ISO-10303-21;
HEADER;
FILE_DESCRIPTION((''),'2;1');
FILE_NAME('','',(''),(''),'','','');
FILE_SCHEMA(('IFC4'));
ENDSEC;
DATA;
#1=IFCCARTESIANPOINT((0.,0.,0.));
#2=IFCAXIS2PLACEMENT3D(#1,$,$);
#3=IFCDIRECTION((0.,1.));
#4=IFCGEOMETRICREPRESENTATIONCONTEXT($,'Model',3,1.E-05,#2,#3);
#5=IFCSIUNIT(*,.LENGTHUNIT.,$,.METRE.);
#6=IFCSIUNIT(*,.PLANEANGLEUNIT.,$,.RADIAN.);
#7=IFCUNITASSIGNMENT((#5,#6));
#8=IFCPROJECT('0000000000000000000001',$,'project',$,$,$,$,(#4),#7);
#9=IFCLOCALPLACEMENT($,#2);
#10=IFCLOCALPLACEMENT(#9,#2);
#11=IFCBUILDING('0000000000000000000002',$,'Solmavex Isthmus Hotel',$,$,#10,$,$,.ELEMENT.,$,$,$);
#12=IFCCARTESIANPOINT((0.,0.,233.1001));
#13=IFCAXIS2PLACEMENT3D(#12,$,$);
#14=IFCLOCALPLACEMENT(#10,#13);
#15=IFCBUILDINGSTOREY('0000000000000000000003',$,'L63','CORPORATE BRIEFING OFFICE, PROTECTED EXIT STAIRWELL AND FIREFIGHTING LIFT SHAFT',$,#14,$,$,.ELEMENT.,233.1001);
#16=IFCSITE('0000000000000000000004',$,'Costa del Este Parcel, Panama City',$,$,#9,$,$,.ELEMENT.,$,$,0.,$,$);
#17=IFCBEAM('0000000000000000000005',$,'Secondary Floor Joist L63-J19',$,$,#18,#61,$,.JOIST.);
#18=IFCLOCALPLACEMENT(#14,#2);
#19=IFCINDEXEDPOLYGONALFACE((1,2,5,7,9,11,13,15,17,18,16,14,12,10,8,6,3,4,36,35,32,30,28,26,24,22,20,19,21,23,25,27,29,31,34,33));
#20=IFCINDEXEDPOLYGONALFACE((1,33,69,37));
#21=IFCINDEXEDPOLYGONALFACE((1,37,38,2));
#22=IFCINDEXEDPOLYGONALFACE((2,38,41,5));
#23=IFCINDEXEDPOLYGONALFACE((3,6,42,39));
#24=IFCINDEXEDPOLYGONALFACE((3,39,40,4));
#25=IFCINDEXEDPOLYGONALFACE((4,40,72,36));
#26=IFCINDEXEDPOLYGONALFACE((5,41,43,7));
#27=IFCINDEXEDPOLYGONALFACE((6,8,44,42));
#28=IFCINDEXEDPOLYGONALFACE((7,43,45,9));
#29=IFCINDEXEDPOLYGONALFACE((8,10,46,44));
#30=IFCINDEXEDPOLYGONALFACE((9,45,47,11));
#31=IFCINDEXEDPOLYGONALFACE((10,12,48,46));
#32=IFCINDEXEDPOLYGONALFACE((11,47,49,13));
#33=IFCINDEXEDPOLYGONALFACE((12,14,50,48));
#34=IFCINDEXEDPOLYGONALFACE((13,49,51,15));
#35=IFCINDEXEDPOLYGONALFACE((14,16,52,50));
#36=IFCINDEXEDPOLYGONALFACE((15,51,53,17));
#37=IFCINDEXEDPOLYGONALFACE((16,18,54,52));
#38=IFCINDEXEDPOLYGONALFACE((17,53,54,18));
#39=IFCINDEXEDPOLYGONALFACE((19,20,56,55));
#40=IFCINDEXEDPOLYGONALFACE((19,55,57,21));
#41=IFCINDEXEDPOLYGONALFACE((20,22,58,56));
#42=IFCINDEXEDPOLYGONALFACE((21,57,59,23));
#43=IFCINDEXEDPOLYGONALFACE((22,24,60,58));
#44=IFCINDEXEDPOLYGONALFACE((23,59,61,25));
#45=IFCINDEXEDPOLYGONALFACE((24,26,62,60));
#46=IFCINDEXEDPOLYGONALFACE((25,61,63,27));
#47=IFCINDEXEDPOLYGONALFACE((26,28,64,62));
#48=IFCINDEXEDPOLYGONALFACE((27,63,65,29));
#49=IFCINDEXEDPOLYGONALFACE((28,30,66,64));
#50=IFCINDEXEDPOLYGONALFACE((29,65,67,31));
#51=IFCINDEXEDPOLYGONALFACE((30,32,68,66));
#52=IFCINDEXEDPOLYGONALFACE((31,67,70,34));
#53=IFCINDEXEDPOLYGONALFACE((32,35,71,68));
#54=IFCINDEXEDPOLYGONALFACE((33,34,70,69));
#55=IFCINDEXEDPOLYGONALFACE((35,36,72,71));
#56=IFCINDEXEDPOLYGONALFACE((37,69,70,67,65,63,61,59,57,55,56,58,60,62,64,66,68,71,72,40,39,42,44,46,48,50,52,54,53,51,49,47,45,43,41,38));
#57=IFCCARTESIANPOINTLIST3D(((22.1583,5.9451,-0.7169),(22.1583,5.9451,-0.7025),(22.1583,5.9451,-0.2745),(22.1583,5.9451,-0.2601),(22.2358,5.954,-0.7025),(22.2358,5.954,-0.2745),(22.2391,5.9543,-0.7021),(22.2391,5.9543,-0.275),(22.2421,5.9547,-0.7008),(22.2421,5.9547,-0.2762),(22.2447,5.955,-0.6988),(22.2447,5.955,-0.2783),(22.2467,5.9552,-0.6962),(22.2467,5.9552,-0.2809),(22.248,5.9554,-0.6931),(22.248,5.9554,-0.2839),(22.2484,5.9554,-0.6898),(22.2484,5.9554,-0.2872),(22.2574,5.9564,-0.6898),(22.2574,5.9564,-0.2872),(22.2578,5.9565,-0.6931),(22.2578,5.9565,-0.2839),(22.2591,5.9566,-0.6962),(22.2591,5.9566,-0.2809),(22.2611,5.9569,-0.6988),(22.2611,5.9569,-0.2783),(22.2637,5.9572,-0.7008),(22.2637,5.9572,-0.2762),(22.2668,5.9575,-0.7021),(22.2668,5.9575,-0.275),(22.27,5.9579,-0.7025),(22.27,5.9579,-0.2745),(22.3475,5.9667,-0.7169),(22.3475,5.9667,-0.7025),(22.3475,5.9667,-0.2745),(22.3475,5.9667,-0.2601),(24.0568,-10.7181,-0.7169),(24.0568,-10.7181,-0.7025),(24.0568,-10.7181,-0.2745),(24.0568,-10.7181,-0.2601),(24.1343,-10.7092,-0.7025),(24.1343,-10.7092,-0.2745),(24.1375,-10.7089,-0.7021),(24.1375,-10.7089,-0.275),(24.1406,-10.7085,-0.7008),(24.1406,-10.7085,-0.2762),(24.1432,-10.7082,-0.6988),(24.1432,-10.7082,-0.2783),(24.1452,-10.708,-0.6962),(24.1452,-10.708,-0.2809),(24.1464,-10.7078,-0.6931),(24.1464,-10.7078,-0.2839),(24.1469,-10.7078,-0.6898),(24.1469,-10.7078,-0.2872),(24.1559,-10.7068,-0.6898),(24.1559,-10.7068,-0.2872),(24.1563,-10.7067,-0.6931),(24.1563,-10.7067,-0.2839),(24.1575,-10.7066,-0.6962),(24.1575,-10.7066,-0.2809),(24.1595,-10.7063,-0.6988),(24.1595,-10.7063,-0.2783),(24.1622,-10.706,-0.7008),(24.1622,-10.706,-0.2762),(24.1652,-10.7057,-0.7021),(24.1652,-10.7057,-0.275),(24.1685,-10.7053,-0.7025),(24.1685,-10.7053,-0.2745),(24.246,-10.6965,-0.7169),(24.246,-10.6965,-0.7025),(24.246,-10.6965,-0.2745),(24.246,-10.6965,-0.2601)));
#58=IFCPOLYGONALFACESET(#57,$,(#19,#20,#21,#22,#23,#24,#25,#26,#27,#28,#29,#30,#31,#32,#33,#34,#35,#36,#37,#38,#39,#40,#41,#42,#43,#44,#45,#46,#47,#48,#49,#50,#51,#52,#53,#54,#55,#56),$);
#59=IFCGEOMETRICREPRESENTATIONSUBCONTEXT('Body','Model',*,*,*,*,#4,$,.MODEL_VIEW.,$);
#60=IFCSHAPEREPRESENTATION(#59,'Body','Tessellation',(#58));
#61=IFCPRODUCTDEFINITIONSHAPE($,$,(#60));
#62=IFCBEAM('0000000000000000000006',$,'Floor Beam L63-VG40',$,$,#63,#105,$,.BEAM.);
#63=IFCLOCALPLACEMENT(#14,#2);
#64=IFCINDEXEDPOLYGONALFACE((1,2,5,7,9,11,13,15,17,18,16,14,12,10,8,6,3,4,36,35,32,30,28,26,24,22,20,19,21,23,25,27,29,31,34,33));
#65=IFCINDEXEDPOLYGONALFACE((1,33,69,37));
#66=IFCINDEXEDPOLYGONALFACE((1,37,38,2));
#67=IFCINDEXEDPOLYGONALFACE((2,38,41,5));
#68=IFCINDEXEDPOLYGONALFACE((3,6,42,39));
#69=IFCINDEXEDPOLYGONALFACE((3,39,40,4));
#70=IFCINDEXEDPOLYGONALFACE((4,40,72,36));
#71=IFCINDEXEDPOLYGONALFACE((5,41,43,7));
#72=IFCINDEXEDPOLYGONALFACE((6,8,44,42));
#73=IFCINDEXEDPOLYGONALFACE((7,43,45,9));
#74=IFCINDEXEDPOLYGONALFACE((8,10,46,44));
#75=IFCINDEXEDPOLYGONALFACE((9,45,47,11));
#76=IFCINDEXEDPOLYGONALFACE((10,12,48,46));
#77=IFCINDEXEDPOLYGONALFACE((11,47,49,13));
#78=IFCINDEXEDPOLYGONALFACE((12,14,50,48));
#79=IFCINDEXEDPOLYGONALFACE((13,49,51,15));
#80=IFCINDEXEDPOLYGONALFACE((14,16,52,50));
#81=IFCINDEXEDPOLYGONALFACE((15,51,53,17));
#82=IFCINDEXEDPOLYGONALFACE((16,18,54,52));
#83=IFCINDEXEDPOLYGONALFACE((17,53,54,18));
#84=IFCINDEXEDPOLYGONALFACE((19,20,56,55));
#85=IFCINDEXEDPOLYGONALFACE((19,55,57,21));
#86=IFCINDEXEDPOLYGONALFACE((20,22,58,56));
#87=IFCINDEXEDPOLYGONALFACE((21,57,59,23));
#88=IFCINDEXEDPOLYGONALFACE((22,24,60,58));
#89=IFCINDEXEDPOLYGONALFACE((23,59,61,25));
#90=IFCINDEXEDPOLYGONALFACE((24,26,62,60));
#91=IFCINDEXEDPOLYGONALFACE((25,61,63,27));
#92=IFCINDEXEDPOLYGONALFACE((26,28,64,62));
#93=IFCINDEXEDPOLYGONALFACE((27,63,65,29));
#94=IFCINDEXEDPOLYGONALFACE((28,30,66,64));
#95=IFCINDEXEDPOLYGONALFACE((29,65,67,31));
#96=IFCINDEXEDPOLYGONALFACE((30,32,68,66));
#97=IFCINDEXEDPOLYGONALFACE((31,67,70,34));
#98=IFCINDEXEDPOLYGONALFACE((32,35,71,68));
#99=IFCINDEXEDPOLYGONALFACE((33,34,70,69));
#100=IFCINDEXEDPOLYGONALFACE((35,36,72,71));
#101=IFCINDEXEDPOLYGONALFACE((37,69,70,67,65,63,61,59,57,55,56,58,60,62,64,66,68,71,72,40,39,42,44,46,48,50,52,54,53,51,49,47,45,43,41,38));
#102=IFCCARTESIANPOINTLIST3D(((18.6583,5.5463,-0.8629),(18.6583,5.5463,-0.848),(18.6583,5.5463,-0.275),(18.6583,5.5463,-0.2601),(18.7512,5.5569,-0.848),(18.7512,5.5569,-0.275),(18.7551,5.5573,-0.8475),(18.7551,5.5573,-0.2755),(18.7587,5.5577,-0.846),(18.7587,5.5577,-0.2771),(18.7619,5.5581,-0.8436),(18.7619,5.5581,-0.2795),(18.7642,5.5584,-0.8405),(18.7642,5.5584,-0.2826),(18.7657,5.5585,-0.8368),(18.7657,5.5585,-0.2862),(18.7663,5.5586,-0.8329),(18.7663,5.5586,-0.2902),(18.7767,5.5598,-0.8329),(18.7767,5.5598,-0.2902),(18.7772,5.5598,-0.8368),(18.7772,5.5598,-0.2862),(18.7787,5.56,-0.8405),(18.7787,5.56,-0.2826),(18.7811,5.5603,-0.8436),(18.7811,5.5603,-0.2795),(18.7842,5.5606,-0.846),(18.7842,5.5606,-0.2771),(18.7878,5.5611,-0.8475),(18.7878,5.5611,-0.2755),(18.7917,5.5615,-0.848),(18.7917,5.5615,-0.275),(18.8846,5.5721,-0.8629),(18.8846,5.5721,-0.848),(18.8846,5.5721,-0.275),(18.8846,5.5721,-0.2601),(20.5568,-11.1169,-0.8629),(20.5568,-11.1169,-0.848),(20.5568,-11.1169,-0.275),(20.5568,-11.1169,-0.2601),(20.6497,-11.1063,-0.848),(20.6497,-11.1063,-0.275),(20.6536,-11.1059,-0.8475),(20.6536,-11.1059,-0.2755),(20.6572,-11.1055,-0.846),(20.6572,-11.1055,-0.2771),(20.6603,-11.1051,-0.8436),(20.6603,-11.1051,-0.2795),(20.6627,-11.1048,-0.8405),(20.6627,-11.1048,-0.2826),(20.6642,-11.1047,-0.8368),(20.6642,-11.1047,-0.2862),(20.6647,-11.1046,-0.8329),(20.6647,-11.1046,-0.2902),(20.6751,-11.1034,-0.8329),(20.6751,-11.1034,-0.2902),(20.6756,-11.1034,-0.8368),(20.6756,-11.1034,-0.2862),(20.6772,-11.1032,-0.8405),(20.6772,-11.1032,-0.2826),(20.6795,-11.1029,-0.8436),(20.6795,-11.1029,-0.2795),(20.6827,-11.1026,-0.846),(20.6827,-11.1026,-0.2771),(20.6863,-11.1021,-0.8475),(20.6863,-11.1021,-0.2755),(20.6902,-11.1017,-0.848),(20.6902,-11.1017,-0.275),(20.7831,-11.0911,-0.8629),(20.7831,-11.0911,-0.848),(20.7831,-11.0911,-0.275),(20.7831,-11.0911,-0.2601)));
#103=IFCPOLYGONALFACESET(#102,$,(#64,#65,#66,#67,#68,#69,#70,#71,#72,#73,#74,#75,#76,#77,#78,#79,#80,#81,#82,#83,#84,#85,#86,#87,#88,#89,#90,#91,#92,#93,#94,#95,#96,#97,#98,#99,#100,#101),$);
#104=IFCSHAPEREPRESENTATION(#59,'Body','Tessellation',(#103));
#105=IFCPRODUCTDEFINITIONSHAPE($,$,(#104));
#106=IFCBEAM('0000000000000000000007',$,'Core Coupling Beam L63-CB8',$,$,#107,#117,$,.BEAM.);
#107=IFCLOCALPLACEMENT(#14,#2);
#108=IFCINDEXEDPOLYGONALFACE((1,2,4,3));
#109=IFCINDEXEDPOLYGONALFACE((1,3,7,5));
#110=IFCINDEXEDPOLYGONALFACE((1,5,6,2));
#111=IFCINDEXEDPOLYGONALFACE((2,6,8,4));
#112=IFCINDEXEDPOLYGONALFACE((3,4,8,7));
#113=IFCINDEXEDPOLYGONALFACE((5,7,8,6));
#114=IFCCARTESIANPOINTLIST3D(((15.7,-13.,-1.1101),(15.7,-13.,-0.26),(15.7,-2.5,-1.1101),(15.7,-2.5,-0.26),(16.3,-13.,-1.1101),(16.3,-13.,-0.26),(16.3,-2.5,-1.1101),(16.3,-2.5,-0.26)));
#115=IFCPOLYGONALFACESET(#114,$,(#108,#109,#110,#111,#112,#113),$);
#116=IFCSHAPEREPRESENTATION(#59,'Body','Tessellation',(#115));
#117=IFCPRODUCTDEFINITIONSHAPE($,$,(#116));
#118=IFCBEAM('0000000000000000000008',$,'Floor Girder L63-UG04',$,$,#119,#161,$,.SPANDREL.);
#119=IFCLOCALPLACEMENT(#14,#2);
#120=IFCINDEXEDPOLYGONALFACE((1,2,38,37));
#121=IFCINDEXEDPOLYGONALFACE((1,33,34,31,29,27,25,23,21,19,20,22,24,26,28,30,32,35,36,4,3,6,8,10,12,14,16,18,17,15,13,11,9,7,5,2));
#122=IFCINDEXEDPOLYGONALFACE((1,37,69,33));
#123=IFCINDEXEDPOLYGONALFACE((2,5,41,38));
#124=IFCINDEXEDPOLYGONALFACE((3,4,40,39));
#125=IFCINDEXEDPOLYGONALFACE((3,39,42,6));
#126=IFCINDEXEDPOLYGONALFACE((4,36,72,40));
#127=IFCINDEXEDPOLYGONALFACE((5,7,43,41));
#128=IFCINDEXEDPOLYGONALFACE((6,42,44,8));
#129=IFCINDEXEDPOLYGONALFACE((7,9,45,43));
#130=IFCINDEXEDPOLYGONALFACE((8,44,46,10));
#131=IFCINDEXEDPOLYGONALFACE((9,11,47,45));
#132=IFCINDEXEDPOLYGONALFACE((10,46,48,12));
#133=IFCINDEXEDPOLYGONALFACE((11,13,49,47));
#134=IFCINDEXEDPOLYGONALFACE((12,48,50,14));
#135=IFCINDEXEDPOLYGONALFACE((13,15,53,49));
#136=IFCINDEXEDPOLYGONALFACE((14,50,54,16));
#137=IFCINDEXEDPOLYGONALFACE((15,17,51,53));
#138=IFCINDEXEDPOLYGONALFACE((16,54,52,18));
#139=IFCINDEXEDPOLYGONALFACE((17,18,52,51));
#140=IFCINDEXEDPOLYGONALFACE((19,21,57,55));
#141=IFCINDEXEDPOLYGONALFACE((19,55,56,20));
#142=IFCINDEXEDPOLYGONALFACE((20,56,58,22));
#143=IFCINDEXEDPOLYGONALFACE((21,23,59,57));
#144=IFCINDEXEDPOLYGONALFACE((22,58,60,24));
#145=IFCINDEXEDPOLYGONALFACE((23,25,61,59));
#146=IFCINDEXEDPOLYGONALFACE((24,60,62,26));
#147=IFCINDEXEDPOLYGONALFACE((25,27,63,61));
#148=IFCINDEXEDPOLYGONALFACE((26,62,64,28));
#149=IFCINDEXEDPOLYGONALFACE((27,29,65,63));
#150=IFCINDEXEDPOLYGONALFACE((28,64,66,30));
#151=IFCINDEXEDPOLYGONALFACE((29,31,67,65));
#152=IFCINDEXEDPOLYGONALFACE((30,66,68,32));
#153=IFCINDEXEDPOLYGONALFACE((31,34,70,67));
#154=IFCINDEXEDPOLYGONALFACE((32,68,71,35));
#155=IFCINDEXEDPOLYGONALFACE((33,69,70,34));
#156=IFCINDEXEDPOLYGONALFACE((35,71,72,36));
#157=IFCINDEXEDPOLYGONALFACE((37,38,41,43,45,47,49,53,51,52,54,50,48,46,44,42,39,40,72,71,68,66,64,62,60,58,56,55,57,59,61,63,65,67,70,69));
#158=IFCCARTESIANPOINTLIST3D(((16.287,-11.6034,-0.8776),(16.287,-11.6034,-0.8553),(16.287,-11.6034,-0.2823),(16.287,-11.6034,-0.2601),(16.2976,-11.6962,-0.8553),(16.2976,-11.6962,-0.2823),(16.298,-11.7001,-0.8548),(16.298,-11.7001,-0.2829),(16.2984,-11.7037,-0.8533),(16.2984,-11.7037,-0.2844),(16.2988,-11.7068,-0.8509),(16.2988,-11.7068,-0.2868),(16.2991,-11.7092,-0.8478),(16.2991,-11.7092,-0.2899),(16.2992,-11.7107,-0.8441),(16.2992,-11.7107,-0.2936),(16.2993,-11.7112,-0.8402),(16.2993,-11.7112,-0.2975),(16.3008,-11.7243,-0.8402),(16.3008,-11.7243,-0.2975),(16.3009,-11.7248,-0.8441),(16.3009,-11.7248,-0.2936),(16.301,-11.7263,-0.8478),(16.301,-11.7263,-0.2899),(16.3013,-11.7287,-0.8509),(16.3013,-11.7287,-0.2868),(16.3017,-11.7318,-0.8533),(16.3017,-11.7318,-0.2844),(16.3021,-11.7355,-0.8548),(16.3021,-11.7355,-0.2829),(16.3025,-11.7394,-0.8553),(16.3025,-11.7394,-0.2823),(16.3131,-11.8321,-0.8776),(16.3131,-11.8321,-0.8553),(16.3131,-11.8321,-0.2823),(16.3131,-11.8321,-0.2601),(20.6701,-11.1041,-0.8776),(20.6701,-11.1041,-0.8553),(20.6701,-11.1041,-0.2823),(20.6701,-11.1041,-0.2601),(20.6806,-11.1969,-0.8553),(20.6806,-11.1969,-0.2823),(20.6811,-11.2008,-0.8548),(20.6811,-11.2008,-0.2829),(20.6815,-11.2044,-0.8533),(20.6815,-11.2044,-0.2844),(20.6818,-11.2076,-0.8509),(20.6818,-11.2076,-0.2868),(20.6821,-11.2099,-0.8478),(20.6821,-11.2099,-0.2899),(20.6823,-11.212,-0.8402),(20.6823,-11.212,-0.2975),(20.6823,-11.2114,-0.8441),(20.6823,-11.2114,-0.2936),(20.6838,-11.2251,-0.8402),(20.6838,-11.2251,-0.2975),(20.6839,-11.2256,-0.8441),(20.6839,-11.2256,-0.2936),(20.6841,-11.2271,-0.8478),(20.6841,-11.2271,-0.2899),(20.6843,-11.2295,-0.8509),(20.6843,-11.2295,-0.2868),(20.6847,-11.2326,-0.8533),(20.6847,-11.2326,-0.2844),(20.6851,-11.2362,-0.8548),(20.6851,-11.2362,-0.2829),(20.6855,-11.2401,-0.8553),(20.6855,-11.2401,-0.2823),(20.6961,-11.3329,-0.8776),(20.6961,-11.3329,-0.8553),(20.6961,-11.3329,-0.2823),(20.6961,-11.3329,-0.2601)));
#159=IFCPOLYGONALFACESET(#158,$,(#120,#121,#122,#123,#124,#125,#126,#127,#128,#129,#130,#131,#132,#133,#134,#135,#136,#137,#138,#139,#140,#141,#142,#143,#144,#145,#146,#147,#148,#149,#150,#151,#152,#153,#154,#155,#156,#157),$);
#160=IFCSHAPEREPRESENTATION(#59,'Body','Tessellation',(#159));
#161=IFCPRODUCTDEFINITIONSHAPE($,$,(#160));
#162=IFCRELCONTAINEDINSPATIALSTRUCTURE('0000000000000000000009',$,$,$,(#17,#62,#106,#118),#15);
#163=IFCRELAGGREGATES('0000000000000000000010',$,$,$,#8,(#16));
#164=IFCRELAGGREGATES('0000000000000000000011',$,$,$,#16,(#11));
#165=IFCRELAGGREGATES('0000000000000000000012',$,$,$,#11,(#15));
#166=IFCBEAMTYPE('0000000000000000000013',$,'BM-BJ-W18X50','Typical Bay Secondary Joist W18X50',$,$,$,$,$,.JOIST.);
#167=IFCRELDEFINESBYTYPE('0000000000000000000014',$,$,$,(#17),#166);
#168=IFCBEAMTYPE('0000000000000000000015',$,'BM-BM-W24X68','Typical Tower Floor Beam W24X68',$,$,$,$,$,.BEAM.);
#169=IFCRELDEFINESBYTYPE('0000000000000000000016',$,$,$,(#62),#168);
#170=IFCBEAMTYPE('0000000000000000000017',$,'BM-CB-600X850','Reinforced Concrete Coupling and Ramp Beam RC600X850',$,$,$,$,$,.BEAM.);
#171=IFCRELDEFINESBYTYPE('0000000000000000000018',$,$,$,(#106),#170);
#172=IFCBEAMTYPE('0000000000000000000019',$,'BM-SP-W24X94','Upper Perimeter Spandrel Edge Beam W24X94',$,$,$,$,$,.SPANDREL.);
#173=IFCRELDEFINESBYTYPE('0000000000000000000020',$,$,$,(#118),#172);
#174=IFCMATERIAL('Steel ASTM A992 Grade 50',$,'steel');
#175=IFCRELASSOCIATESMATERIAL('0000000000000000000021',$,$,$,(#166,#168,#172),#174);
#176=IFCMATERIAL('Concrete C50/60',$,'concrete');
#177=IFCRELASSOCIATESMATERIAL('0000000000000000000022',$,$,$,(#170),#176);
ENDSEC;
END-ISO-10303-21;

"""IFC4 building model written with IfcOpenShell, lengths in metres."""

from ifc_helpers import new_model, si_unit, direction, frame, origin, origin_2d, place, context, subcontext, project, spatial, rectangle, i_section, extrude, material, material_profile, profile_set, type_object, element, save


model = new_model("IFC4")

# Units and contexts
model_context = context("Model", 3, precision=1e-05, world=origin(), true_north=direction((0.0, 1.0)))
body_context = subcontext(model_context, "Body", "Model", "MODEL_VIEW")
ifc_project = project(units=[si_unit("LENGTHUNIT", "METRE"), si_unit("PLANEANGLEUNIT", "RADIAN")], contexts=[model_context])

# Site, building, storey
site_placement = place(None, origin())
site = spatial("IfcSite", under=ifc_project, at=site_placement, Name="Costa del Este Parcel, Panama City", CompositionType="ELEMENT", RefElevation=0.0)
building_placement = place(site_placement, origin())
building = spatial("IfcBuilding", under=site, at=building_placement, Name="Solmavex Isthmus Hotel", CompositionType="ELEMENT")
storey_placement = place(building_placement, frame((0.0, 0.0, 233.1001)))
storey = spatial("IfcBuildingStorey", under=building, at=storey_placement, Name="L63", Description="CORPORATE BRIEFING OFFICE, PROTECTED EXIT STAIRWELL AND FIREFIGHTING LIFT SHAFT", CompositionType="ELEMENT", Elevation=233.1001)

# Shared definitions
ifc_material_1 = material(Name="Concrete C50/60", Category="concrete")

# Beams
ifc_material_2 = material(Name="Steel ASTM A992 Grade 50", Category="steel")
ifc_material_profile_1 = material_profile(ifc_material_2, i_section(OverallWidth=0.1904, OverallDepth=0.4568, WebThickness=0.009, FlangeThickness=0.0144, FilletRadius=0.0127, at=origin_2d()), Name="W18X50")
ifc_profile_set_1 = profile_set([ifc_material_profile_1], Name="Steel ASTM A992 Grade 50")
beam_type_1 = type_object("IfcBeamType", Name="BM-BJ-W18X50", Description="Typical Bay Secondary Joist W18X50", PredefinedType="JOIST", material=ifc_profile_set_1)
beam_1_placement = place(storey_placement, frame((24.1514, -10.7073, -0.4885), z_axis=(-0.113198, 0.993572, 0.0), x_axis=(-0.993572, -0.113198, 0.0)))
element("IfcBeam", 1, at=beam_1_placement, inside=storey, type_object=beam_type_1, Name="Secondary Floor Joist L63-J19", PredefinedType="JOIST", context=body_context, shape_type="SweptSolid", body=[
    extrude(i_section(OverallWidth=0.1904, OverallDepth=0.4568, WebThickness=0.009, FlangeThickness=0.0144, FilletRadius=0.0127, at=origin_2d()), origin(), (0.0, 0.0, 1.0), 16.771),
])
ifc_material_profile_2 = material_profile(ifc_material_2, i_section(OverallWidth=0.2278, OverallDepth=0.6028, WebThickness=0.0105, FlangeThickness=0.0149, FilletRadius=0.0151, at=origin_2d()), Name="W24X68")
ifc_profile_set_2 = profile_set([ifc_material_profile_2], Name="Steel ASTM A992 Grade 50")
beam_type_2 = type_object("IfcBeamType", Name="BM-BM-W24X68", Description="Typical Tower Floor Beam W24X68", PredefinedType="BEAM", material=ifc_profile_set_2)
beam_2_placement = place(storey_placement, frame((20.6699, -11.104, -0.5615), z_axis=(-0.113198, 0.993572, 0.0), x_axis=(-0.993572, -0.113198, 0.0)))
element("IfcBeam", 2, at=beam_2_placement, inside=storey, type_object=beam_type_2, Name="Floor Beam L63-VG40", PredefinedType="BEAM", context=body_context, shape_type="SweptSolid", body=[
    extrude(i_section(OverallWidth=0.2278, OverallDepth=0.6028, WebThickness=0.0105, FlangeThickness=0.0149, FilletRadius=0.0151, at=origin_2d()), origin(), (0.0, 0.0, 1.0), 16.771),
])
ifc_material_profile_3 = material_profile(ifc_material_1, rectangle(XDim=0.6001, YDim=0.8501, at=origin_2d()), Name="RC600X850")
ifc_profile_set_3 = profile_set([ifc_material_profile_3], Name="Concrete C50/60")
beam_type_3 = type_object("IfcBeamType", Name="BM-CB-600X850", Description="Reinforced Concrete Coupling and Ramp Beam RC600X850", PredefinedType="BEAM", material=ifc_profile_set_3)
beam_3_placement = place(storey_placement, frame((16.0, -13.0, -0.6851), z_axis=(0.0, 1.0, 0.0), x_axis=(-1.0, 0.0, 0.0)))
element("IfcBeam", 3, at=beam_3_placement, inside=storey, type_object=beam_type_3, Name="Core Coupling Beam L63-CB8", PredefinedType="BEAM", context=body_context, shape_type="SweptSolid", body=[
    extrude(rectangle(XDim=0.6001, YDim=0.8501, at=origin_2d()), origin(), (0.0, 0.0, 1.0), 10.5),
])
ifc_material_profile_4 = material_profile(ifc_material_2, i_section(OverallWidth=0.2302, OverallDepth=0.6174, WebThickness=0.0132, FlangeThickness=0.0222, FilletRadius=0.0151, at=origin_2d()), Name="W24X94")
ifc_profile_set_4 = profile_set([ifc_material_profile_4], Name="Steel ASTM A992 Grade 50")
beam_type_4 = type_object("IfcBeamType", Name="BM-SP-W24X94", Description="Upper Perimeter Spandrel Edge Beam W24X94", PredefinedType="SPANDREL", material=ifc_profile_set_4)
beam_4_placement = place(storey_placement, frame((16.3, -11.7178, -0.5688), z_axis=(0.993575, 0.113177, 0.0), x_axis=(-0.113177, 0.993575, 0.0)))
element("IfcBeam", 4, at=beam_4_placement, inside=storey, type_object=beam_type_4, Name="Floor Girder L63-UG04", PredefinedType="SPANDREL", context=body_context, shape_type="SweptSolid", body=[
    extrude(i_section(OverallWidth=0.2302, OverallDepth=0.6174, WebThickness=0.0132, FlangeThickness=0.0222, FilletRadius=0.0151, at=origin_2d()), origin(), (0.0, 0.0, 1.0), 4.4114),
])

save(model, "model.ifc")
